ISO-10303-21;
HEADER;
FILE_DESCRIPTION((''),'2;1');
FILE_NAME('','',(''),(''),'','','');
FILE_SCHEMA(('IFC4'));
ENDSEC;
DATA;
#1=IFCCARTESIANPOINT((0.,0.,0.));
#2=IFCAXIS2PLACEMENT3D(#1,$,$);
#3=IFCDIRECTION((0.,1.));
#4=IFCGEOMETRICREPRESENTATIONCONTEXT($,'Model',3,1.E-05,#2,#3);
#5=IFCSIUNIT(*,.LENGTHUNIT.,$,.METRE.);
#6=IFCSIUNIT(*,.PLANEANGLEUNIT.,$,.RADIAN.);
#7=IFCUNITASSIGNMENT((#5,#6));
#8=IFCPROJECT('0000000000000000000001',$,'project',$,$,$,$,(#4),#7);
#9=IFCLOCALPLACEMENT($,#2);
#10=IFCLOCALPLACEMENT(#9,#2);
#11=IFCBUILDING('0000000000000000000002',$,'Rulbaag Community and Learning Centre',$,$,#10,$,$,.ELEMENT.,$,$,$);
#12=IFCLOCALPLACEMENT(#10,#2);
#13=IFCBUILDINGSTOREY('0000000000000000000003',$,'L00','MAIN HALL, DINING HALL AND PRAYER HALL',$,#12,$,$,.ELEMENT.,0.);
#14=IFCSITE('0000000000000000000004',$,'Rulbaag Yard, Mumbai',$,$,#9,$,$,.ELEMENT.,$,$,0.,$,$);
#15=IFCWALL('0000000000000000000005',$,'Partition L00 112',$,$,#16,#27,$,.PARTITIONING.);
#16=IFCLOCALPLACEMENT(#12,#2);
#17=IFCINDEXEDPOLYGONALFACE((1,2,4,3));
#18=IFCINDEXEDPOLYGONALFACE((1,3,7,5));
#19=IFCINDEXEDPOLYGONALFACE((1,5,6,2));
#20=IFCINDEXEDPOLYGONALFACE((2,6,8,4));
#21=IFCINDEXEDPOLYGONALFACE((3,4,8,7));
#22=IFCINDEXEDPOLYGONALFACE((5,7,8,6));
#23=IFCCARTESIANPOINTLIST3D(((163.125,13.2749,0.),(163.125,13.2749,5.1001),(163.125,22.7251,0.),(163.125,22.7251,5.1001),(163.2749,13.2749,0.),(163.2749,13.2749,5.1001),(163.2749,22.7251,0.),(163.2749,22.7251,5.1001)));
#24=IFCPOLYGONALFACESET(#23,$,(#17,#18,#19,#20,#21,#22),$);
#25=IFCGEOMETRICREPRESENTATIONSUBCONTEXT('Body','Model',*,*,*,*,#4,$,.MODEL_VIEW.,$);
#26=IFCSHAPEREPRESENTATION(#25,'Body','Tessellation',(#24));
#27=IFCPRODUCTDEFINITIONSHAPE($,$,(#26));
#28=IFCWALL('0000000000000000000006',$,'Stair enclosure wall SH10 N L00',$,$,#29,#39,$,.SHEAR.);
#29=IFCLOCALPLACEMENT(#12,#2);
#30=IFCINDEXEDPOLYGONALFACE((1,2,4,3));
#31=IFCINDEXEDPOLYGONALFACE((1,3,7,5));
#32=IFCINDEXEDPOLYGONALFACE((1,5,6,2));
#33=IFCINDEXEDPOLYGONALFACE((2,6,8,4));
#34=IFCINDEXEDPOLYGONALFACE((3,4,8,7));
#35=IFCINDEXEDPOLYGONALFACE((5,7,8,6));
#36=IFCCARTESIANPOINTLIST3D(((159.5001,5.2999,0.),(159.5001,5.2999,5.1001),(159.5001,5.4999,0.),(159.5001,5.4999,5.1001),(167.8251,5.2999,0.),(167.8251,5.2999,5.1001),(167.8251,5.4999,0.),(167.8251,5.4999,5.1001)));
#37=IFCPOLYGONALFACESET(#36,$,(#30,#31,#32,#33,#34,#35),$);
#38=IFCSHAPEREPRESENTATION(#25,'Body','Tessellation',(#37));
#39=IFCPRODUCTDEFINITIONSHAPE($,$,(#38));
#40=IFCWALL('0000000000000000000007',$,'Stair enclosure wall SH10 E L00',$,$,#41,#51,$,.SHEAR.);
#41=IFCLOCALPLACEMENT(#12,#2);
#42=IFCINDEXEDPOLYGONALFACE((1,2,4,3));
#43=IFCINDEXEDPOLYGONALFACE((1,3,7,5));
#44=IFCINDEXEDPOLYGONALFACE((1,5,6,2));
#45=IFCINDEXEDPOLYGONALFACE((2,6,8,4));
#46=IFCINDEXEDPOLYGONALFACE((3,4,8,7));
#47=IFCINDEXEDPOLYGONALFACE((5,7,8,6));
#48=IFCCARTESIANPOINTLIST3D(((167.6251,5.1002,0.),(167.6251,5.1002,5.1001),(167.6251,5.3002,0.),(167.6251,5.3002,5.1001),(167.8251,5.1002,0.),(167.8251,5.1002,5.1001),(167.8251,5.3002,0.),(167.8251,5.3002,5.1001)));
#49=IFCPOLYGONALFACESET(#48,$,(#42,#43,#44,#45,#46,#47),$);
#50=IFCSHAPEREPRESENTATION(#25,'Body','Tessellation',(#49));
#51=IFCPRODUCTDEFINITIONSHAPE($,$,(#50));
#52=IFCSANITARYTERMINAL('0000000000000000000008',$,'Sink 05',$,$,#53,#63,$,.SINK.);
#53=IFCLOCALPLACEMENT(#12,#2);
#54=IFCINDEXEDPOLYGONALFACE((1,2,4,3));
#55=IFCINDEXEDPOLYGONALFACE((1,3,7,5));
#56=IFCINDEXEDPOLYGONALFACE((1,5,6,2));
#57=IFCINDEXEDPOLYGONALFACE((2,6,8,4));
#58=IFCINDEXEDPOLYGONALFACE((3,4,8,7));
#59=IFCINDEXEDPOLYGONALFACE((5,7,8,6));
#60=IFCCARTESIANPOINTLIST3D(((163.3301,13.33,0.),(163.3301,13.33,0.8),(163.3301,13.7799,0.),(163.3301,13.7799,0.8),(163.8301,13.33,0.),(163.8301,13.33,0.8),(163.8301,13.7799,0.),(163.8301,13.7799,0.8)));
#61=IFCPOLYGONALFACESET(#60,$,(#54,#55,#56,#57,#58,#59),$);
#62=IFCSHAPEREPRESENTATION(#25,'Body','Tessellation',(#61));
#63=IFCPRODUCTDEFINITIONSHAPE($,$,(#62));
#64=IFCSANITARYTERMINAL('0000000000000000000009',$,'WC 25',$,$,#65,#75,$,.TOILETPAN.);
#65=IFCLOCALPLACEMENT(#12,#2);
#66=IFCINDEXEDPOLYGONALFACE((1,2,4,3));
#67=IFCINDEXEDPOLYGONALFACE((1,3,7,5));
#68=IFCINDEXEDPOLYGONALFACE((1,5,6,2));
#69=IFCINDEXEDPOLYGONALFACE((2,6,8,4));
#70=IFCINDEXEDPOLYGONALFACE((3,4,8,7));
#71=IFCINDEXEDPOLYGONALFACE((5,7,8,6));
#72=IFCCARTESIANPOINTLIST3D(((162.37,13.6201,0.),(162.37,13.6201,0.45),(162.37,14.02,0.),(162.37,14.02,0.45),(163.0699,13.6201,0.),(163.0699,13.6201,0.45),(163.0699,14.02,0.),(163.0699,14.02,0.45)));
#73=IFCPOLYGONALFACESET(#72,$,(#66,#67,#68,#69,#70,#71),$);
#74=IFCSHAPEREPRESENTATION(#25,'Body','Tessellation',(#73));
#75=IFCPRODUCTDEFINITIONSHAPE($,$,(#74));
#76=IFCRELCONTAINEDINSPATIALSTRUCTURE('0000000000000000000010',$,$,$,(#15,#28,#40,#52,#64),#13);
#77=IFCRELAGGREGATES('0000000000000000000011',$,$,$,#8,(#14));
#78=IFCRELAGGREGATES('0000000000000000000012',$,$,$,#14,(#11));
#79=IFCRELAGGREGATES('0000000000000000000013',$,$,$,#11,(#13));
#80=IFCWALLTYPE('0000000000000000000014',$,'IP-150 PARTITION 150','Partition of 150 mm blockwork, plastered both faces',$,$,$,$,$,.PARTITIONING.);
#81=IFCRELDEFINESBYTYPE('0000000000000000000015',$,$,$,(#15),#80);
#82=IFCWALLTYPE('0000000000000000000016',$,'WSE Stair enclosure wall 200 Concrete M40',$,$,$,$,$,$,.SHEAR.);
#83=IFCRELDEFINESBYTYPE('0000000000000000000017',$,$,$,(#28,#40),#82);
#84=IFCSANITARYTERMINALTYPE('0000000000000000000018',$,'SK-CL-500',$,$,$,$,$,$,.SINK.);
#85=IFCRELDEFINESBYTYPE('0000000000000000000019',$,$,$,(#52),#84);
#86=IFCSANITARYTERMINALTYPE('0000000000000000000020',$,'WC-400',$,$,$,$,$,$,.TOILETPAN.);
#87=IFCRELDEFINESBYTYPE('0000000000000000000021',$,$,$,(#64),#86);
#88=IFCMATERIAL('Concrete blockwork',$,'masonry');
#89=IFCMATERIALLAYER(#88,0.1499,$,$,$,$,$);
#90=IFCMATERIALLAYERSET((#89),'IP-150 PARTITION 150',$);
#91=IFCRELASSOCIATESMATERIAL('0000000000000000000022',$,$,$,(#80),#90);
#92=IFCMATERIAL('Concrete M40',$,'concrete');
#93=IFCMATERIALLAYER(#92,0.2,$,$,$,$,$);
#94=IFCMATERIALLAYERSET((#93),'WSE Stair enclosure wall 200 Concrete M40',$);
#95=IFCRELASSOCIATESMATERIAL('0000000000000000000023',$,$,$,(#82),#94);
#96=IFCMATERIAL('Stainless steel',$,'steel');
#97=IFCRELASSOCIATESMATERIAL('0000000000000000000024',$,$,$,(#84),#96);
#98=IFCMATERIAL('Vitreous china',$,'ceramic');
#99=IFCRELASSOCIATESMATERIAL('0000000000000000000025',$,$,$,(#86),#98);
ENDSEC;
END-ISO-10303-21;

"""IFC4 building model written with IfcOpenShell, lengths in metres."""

from ifc_helpers import new_model, si_unit, direction, frame, frame_2d, origin, origin_2d, place, context, subcontext, project, spatial, rectangle, extrude, material, layer, layer_set, type_object, element, save


model = new_model("IFC4")

# Units and contexts
model_context = context("Model", 3, precision=1e-05, world=origin(), true_north=direction((0.0, 1.0)))
body_context = subcontext(model_context, "Body", "Model", "MODEL_VIEW")
ifc_project = project(units=[si_unit("LENGTHUNIT", "METRE"), si_unit("PLANEANGLEUNIT", "RADIAN")], contexts=[model_context])

# Site, building, storey
site_placement = place(None, origin())
site = spatial("IfcSite", under=ifc_project, at=site_placement, Name="Rulbaag Yard, Mumbai", CompositionType="ELEMENT", RefElevation=0.0)
building_placement = place(site_placement, origin())
building = spatial("IfcBuilding", under=site, at=building_placement, Name="Rulbaag Community and Learning Centre", CompositionType="ELEMENT")
storey_placement = place(building_placement, origin())
storey = spatial("IfcBuildingStorey", under=building, at=storey_placement, Name="L00", Description="MAIN HALL, DINING HALL AND PRAYER HALL", CompositionType="ELEMENT", Elevation=0.0)

# Shared definitions
ifc_material_1 = material(Name="Concrete M40", Category="concrete")

# Shared definitions
ifc_material_2 = material(Name="Concrete blockwork", Category="masonry")
ifc_layer_1 = layer(ifc_material_2, 0.1499)
ifc_layer_set_1 = layer_set([ifc_layer_1], Name="IP-150 PARTITION 150")
wall_type_1 = type_object("IfcWallType", Name="IP-150 PARTITION 150", Description="Partition of 150 mm blockwork, plastered both faces", PredefinedType="PARTITIONING", material=ifc_layer_set_1)

# Walls
wall_1_placement = place(storey_placement, frame((163.2, 13.2749, 0.0), z_axis=(0.0, 0.0, 1.0), x_axis=(0.0, 1.0, 0.0)))
element("IfcWall", 1, at=wall_1_placement, inside=storey, type_object=wall_type_1, Name="Partition L00 112", PredefinedType="PARTITIONING", context=body_context, shape_type="SweptSolid", body=[
    extrude(rectangle(XDim=9.4502, YDim=0.1499, at=frame_2d((4.7251, 0.0))), origin(), (0.0, 0.0, 1.0), 5.1001),
])
ifc_layer_2 = layer(ifc_material_1, 0.2)
ifc_layer_set_2 = layer_set([ifc_layer_2], Name="WSE Stair enclosure wall 200 Concrete M40")
wall_type_2 = type_object("IfcWallType", Name="WSE Stair enclosure wall 200 Concrete M40", PredefinedType="SHEAR", material=ifc_layer_set_2)
wall_2_placement = place(storey_placement, frame((159.5, 5.3999, 0.0), z_axis=(0.0, 0.0, 1.0), x_axis=(1.0, 0.0, 0.0)))
element("IfcWall", 2, at=wall_2_placement, inside=storey, type_object=wall_type_2, Name="Stair enclosure wall SH10 N L00", PredefinedType="SHEAR", context=body_context, shape_type="SweptSolid", body=[
    extrude(rectangle(XDim=8.325, YDim=0.2, at=frame_2d((4.1626, 0.0))), origin(), (0.0, 0.0, 1.0), 5.1001),
])
wall_3_placement = place(storey_placement, frame((167.7251, 5.1001, 0.0), z_axis=(0.0, 0.0, 1.0), x_axis=(0.0, 1.0, 0.0)))
element("IfcWall", 3, at=wall_3_placement, inside=storey, type_object=wall_type_2, Name="Stair enclosure wall SH10 E L00", PredefinedType="SHEAR", context=body_context, shape_type="SweptSolid", body=[
    extrude(rectangle(XDim=0.2, YDim=0.2, at=frame_2d((0.1001, 0.0))), origin(), (0.0, 0.0, 1.0), 5.1001),
])

# Sanitary terminals
ifc_material_3 = material(Name="Stainless steel", Category="steel")
sanitary_terminal_type_1 = type_object("IfcSanitaryTerminalType", Name="SK-CL-500", PredefinedType="SINK", material=ifc_material_3)
sanitary_terminal_1_placement = place(storey_placement, frame((163.5801, 13.5549, 0.0), z_axis=(0.0, 0.0, 1.0), x_axis=(1.0, 0.0, 0.0)))
element("IfcSanitaryTerminal", 4, at=sanitary_terminal_1_placement, inside=storey, type_object=sanitary_terminal_type_1, Name="Sink 05", PredefinedType="SINK", context=body_context, shape_type="SweptSolid", body=[
    extrude(rectangle(XDim=0.5, YDim=0.45, at=origin_2d()), origin(), (0.0, 0.0, 1.0), 0.8),
])
ifc_material_4 = material(Name="Vitreous china", Category="ceramic")
sanitary_terminal_type_2 = type_object("IfcSanitaryTerminalType", Name="WC-400", PredefinedType="TOILETPAN", material=ifc_material_4)
sanitary_terminal_2_placement = place(storey_placement, frame((162.72, 13.8201, 0.0), z_axis=(0.0, 0.0, 1.0), x_axis=(1.0, 0.0, 0.0)))
element("IfcSanitaryTerminal", 5, at=sanitary_terminal_2_placement, inside=storey, type_object=sanitary_terminal_type_2, Name="WC 25", PredefinedType="TOILETPAN", context=body_context, shape_type="SweptSolid", body=[
    extrude(rectangle(XDim=0.7, YDim=0.3999, at=origin_2d()), origin(), (0.0, 0.0, 1.0), 0.45),
])

save(model, "model.ifc")
